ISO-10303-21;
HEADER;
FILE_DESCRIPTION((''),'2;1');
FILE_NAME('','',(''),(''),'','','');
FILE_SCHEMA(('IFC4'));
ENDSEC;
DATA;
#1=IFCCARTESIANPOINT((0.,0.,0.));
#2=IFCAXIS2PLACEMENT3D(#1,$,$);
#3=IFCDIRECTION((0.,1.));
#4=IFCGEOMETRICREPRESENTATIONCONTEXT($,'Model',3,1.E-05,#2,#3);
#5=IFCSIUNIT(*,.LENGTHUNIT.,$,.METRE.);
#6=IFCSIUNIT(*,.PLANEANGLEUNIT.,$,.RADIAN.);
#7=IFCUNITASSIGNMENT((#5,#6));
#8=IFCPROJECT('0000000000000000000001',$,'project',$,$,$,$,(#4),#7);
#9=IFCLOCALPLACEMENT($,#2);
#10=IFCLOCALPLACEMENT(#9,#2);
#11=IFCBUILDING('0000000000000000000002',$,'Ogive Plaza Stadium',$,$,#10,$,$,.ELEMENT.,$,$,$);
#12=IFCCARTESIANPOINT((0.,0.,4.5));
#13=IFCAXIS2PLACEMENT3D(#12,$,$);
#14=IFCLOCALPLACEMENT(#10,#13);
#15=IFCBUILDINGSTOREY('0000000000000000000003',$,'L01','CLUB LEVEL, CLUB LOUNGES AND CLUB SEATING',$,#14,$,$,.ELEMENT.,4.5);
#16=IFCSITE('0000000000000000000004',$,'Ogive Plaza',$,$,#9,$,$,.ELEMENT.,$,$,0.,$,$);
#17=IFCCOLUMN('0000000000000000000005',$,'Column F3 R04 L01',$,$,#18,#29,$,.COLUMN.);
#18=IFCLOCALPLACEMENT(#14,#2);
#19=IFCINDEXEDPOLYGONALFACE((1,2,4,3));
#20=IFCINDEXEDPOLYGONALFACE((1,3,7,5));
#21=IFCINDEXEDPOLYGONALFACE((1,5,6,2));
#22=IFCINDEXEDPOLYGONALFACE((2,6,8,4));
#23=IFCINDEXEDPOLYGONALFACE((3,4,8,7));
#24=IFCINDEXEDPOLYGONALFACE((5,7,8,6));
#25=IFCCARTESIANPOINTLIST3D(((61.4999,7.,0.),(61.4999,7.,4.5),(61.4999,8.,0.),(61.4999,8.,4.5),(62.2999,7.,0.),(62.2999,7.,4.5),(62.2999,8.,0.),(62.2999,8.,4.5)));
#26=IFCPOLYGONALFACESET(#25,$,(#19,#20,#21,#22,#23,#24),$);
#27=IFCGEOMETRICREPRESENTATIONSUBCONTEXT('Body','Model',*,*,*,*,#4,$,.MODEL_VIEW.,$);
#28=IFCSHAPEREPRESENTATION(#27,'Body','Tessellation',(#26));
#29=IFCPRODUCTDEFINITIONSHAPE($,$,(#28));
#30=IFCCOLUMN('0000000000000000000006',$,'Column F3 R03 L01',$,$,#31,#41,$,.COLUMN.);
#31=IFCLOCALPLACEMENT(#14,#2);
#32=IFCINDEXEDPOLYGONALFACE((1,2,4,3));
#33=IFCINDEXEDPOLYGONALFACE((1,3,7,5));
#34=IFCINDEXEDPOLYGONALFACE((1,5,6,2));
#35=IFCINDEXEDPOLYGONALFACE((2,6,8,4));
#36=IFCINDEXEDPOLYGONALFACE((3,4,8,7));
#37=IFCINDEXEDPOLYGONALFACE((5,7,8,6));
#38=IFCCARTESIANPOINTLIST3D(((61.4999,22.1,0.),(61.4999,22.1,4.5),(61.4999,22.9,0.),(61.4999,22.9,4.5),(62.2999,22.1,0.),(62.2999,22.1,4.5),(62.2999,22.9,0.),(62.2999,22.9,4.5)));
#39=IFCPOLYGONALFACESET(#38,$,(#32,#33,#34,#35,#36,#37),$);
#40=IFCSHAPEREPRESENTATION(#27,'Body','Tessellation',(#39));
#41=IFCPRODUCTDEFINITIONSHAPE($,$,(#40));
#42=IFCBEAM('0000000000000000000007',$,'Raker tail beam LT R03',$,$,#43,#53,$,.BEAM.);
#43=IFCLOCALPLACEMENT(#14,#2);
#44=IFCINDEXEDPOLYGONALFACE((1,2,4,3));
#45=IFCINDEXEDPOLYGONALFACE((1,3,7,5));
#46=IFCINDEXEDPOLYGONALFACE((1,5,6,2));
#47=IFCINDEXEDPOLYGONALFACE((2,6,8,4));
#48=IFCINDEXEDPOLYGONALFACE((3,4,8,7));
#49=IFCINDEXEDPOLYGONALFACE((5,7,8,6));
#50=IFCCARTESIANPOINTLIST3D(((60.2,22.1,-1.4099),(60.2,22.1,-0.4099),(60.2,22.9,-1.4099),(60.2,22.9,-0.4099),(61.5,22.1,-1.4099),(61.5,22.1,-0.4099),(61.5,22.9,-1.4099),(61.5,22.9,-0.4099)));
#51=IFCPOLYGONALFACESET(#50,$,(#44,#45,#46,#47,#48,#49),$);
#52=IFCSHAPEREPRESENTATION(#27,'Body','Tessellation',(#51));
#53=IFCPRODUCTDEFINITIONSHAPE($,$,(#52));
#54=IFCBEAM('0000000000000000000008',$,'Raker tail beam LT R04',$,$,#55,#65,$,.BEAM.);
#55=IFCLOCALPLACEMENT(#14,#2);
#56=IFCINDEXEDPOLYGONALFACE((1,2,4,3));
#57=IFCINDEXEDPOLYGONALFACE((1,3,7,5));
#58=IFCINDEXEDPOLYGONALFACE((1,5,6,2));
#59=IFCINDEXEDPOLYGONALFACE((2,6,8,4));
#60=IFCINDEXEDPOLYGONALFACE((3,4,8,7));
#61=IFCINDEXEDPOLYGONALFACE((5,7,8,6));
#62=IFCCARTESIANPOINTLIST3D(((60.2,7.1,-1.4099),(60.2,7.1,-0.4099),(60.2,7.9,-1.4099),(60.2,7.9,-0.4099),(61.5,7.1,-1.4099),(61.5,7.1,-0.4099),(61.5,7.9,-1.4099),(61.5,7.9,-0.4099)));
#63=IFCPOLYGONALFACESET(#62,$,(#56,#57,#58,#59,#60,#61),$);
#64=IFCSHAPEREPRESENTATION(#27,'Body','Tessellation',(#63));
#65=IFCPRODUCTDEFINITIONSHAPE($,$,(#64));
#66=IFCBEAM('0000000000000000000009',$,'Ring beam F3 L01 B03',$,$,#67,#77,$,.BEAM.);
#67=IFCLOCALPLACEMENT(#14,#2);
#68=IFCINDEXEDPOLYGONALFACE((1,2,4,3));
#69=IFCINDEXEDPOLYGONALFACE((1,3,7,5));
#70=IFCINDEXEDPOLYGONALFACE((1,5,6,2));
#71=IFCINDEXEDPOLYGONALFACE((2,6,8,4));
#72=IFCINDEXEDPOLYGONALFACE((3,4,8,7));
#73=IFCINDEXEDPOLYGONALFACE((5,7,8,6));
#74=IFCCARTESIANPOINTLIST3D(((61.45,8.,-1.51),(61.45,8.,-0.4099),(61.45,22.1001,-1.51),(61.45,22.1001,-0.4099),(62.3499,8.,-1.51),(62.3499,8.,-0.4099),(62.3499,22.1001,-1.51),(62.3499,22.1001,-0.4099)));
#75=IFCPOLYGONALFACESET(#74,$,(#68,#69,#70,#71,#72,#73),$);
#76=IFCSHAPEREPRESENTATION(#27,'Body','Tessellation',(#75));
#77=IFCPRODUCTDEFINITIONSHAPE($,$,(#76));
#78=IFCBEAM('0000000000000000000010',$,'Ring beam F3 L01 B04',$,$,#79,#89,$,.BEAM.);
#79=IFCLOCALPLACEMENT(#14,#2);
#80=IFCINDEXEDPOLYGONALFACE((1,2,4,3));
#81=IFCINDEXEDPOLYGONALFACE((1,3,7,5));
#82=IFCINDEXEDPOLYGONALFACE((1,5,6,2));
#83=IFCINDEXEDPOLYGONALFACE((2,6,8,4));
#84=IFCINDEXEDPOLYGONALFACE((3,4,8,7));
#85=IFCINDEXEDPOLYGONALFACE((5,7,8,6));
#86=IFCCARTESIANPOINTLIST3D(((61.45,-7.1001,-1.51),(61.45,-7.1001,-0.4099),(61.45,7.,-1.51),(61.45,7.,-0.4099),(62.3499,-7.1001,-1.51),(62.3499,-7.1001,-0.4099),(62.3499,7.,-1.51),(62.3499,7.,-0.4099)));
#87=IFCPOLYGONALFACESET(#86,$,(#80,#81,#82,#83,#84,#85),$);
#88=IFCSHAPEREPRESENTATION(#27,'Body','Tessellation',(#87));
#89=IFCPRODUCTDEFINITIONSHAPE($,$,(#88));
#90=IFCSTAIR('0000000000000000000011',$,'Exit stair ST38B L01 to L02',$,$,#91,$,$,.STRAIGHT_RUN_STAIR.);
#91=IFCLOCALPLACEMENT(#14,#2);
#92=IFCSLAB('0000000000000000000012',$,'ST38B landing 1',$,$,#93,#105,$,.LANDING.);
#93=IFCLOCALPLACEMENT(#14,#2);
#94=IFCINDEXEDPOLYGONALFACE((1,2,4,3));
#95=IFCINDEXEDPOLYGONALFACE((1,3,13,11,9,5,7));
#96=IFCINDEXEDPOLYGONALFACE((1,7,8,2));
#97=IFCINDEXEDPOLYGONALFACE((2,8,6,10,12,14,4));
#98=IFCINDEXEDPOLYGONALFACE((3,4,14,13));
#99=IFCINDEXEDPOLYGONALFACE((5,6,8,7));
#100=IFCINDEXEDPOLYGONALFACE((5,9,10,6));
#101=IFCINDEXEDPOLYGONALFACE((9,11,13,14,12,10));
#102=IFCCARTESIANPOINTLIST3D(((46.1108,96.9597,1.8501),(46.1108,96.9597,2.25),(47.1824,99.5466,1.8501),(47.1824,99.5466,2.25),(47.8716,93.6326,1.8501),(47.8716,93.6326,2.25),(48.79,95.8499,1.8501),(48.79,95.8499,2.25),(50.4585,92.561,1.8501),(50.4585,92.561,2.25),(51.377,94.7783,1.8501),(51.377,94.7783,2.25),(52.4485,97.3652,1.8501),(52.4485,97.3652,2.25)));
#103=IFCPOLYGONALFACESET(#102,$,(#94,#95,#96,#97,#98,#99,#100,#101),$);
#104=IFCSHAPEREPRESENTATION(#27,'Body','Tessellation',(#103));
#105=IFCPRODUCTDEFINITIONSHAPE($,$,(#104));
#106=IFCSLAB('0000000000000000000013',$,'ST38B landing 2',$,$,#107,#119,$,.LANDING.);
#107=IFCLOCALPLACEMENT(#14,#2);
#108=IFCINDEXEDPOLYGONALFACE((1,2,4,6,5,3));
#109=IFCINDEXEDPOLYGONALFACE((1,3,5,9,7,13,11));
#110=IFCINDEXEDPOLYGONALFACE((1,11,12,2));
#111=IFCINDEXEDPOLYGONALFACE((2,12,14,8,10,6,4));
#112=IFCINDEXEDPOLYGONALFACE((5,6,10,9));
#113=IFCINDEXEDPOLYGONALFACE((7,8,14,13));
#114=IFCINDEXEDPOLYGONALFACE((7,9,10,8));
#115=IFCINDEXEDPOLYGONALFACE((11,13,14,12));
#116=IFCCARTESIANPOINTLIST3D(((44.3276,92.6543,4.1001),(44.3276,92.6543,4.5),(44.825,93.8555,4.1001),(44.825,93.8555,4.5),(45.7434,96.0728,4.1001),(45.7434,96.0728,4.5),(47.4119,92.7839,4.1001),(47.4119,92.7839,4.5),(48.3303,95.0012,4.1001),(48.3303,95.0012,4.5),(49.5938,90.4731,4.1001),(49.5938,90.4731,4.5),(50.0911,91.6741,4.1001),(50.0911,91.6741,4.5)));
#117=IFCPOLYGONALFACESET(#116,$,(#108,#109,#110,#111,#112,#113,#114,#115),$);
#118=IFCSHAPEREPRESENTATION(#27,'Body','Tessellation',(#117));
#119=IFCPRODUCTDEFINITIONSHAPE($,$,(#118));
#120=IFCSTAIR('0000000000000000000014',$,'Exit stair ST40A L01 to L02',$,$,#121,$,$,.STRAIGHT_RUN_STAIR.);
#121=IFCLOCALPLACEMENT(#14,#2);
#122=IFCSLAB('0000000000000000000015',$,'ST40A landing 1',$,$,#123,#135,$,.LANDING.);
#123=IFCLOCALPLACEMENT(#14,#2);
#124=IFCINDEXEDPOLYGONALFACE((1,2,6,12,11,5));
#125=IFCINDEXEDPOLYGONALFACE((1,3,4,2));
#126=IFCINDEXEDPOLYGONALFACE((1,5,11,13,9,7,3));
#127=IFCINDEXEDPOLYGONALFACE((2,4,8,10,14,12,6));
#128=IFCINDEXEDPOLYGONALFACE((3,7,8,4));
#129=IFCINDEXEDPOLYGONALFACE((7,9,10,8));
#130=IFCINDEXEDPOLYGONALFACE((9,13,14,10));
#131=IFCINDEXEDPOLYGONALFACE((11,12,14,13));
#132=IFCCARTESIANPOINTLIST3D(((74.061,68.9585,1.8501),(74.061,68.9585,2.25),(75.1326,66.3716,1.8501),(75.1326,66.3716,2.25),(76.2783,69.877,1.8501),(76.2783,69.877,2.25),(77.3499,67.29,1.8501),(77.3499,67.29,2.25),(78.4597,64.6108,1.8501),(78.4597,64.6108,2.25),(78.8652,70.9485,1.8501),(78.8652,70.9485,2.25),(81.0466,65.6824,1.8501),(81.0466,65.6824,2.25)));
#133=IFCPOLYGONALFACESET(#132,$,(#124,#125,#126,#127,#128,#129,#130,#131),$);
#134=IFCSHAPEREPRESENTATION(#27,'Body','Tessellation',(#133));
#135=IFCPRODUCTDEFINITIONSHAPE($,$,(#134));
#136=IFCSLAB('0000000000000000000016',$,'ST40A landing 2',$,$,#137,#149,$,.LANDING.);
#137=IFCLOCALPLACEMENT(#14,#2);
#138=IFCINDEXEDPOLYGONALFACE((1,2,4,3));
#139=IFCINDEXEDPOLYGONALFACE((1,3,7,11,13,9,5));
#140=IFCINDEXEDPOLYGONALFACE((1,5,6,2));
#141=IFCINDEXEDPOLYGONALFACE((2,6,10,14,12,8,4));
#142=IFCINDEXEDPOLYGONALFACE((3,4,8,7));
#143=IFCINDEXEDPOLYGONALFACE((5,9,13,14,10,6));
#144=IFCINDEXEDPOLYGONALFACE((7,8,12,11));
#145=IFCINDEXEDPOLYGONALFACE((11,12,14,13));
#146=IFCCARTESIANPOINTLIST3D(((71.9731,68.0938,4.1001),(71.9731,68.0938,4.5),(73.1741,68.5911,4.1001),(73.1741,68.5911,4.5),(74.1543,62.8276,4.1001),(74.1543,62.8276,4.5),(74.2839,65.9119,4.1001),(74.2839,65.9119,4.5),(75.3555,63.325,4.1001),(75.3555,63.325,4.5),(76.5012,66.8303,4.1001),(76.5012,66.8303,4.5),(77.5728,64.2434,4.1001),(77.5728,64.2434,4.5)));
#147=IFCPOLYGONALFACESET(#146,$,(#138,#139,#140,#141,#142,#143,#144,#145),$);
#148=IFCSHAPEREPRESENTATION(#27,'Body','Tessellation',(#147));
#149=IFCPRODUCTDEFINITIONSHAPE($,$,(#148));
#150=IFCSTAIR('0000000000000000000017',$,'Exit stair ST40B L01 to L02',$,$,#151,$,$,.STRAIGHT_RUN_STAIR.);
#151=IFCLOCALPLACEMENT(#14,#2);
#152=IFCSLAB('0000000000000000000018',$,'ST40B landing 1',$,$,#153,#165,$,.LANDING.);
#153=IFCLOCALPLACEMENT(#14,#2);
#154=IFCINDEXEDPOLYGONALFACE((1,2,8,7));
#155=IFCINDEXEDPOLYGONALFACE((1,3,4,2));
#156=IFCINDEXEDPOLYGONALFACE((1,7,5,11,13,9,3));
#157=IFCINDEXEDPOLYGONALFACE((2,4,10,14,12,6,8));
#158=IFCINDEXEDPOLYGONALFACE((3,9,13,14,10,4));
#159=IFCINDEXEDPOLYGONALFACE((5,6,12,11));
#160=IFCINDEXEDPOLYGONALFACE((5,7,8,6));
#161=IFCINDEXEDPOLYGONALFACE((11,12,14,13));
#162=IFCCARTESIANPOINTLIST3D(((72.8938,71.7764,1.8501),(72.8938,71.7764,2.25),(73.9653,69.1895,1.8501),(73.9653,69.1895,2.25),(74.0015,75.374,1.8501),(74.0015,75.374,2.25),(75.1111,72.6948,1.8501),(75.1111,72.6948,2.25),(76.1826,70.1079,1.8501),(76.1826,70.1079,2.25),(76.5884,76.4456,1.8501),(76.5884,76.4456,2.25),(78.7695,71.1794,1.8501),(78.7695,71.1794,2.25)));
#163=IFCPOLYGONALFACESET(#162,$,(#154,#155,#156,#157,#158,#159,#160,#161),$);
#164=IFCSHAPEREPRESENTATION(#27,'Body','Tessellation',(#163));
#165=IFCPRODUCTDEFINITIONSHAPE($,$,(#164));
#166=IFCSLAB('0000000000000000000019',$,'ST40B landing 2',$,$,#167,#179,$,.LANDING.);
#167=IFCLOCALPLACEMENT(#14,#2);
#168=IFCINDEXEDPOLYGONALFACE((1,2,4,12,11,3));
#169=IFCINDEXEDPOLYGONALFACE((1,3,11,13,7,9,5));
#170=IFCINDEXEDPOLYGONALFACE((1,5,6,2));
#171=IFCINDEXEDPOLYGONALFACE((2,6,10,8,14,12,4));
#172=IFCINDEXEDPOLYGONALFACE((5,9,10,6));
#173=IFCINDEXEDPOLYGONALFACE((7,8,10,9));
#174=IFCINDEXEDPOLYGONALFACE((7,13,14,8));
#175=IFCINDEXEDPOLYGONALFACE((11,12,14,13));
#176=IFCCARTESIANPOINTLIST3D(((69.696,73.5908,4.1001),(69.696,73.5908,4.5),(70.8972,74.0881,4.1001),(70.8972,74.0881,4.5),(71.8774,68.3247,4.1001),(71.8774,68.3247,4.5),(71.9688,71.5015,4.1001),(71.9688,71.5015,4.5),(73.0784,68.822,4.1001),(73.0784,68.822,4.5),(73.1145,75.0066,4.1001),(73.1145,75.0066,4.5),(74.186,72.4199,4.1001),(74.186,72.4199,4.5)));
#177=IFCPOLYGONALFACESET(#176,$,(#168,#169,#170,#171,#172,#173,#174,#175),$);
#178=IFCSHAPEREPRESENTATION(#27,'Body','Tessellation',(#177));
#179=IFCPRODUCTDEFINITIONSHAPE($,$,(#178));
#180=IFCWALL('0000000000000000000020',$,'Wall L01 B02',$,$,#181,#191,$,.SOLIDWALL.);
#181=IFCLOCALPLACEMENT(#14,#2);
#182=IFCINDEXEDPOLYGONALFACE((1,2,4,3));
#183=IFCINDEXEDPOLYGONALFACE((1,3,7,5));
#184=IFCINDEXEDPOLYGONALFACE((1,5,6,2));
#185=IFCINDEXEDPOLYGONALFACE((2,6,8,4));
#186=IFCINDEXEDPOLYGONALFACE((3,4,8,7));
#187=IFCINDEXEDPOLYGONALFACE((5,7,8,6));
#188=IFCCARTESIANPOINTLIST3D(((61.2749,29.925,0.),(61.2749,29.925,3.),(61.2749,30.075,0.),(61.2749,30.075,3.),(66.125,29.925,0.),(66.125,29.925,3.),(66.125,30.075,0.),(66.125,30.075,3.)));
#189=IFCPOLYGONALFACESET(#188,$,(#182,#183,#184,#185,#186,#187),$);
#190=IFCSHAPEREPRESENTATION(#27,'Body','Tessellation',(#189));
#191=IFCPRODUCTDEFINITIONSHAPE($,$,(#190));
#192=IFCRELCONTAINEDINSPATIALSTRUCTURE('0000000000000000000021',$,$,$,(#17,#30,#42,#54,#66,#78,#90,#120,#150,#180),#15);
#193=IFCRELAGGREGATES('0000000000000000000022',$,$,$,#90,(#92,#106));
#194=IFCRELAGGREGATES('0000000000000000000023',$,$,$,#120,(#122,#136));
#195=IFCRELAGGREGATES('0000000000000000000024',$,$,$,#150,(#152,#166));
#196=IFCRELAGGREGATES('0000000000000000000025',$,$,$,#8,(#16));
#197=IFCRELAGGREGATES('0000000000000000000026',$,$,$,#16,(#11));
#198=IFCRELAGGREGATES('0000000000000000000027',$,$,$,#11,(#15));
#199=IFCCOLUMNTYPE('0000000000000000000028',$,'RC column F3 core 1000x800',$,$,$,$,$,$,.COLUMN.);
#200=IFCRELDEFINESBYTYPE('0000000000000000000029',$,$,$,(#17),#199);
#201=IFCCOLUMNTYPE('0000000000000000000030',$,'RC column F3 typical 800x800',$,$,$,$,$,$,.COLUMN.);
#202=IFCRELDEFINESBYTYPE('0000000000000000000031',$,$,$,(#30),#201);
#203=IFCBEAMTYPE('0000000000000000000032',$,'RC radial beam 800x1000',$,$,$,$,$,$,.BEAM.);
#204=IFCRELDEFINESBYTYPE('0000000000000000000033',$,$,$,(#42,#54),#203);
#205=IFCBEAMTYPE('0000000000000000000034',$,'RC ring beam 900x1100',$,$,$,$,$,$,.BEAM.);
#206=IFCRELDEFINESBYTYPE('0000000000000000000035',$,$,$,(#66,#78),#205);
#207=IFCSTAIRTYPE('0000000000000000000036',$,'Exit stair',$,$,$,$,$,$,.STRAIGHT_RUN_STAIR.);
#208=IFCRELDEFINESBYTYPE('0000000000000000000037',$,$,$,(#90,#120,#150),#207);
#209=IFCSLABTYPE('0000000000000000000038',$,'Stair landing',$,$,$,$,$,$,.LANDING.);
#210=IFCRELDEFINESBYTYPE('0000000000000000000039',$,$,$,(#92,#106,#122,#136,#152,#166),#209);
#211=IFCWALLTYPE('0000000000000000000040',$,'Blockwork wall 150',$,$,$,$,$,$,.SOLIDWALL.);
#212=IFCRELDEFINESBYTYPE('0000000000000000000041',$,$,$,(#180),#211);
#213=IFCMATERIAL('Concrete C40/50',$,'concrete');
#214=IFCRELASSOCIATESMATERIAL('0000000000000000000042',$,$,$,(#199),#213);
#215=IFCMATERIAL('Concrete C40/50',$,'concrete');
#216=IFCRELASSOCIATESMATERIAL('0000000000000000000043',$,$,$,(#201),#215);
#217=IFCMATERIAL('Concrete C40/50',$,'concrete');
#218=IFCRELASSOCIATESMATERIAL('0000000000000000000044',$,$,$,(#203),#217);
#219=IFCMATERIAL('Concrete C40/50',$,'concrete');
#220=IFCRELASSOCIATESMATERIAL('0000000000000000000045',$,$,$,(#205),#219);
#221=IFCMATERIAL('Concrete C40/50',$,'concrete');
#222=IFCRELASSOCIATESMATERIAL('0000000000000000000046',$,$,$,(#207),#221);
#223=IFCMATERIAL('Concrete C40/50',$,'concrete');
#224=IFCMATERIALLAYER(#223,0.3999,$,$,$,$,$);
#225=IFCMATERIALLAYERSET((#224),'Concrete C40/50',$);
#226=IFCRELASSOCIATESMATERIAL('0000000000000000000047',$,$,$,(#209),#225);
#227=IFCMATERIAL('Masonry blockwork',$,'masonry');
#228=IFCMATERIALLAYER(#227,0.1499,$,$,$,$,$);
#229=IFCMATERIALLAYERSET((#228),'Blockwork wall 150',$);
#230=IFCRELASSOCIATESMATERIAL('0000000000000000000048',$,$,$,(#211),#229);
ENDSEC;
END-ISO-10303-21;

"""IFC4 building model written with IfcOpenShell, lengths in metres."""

from ifc_helpers import new_model, si_unit, direction, frame, frame_2d, origin, origin_2d, place, context, subcontext, project, spatial, polyline, rectangle, outline, extrude, material, layer, layer_set, material_profile, profile_set, type_object, element, aggregate, save


model = new_model("IFC4")

# Units and contexts
model_context = context("Model", 3, precision=1e-05, world=origin(), true_north=direction((0.0, 1.0)))
body_context = subcontext(model_context, "Body", "Model", "MODEL_VIEW")
ifc_project = project(units=[si_unit("LENGTHUNIT", "METRE"), si_unit("PLANEANGLEUNIT", "RADIAN")], contexts=[model_context])

# Site, building, storey
site_placement = place(None, origin())
site = spatial("IfcSite", under=ifc_project, at=site_placement, Name="Ogive Plaza", CompositionType="ELEMENT", RefElevation=0.0)
building_placement = place(site_placement, origin())
building = spatial("IfcBuilding", under=site, at=building_placement, Name="Ogive Plaza Stadium", CompositionType="ELEMENT")
storey_placement = place(building_placement, frame((0.0, 0.0, 4.5)))
storey = spatial("IfcBuildingStorey", under=building, at=storey_placement, Name="L01", Description="CLUB LEVEL, CLUB LOUNGES AND CLUB SEATING", CompositionType="ELEMENT", Elevation=4.5)

# Columns
ifc_material_1 = material(Name="Concrete C40/50", Category="concrete")
ifc_material_profile_1 = material_profile(ifc_material_1, rectangle(XDim=1.0, YDim=0.8, at=origin_2d()), Name="RC 1000x800")
ifc_profile_set_1 = profile_set([ifc_material_profile_1], Name="Concrete C40/50")
column_type_1 = type_object("IfcColumnType", Name="RC column F3 core 1000x800", PredefinedType="COLUMN", material=ifc_profile_set_1)
column_1_placement = place(storey_placement, frame((61.8999, 7.5, 0.0), z_axis=(0.0, 0.0, 1.0), x_axis=(0.0, 1.0, 0.0)))
element("IfcColumn", 1, at=column_1_placement, inside=storey, type_object=column_type_1, Name="Column F3 R04 L01", PredefinedType="COLUMN", context=body_context, shape_type="SweptSolid", body=[
    extrude(rectangle(XDim=1.0, YDim=0.8, at=origin_2d()), origin(), (0.0, 0.0, 1.0), 4.5),
])
ifc_material_2 = material(Name="Concrete C40/50", Category="concrete")
ifc_material_profile_2 = material_profile(ifc_material_2, rectangle(XDim=0.8, YDim=0.8, at=origin_2d()), Name="RC 800x800")
ifc_profile_set_2 = profile_set([ifc_material_profile_2], Name="Concrete C40/50")
column_type_2 = type_object("IfcColumnType", Name="RC column F3 typical 800x800", PredefinedType="COLUMN", material=ifc_profile_set_2)
column_2_placement = place(storey_placement, frame((61.8999, 22.5, 0.0), z_axis=(0.0, 0.0, 1.0), x_axis=(0.0, 1.0, 0.0)))
element("IfcColumn", 2, at=column_2_placement, inside=storey, type_object=column_type_2, Name="Column F3 R03 L01", PredefinedType="COLUMN", context=body_context, shape_type="SweptSolid", body=[
    extrude(rectangle(XDim=0.8, YDim=0.8, at=origin_2d()), origin(), (0.0, 0.0, 1.0), 4.5),
])

# Beams
ifc_material_3 = material(Name="Concrete C40/50", Category="concrete")
ifc_material_profile_3 = material_profile(ifc_material_3, rectangle(XDim=0.8, YDim=1.0, at=origin_2d()), Name="RC 800x1000")
ifc_profile_set_3 = profile_set([ifc_material_profile_3], Name="Concrete C40/50")
beam_type_1 = type_object("IfcBeamType", Name="RC radial beam 800x1000", PredefinedType="BEAM", material=ifc_profile_set_3)
for number, where, z_axis, x_axis, name in (
    (3, (60.2, 22.5, -0.9099), (1.0, 0.0, 0.0), (0.0, 1.0, 0.0), "Raker tail beam LT R03"),
    (4, (60.2, 7.5, -0.9099), (1.0, 0.0, 0.0), (0.0, 1.0, 0.0), "Raker tail beam LT R04"),
):
    element("IfcBeam", number, at=place(storey_placement, frame(where, z_axis=z_axis, x_axis=x_axis)), inside=storey, type_object=beam_type_1, Name=name, PredefinedType="BEAM", context=body_context, shape_type="SweptSolid", body=[
        extrude(rectangle(XDim=0.8, YDim=1.0, at=origin_2d()), origin(), (0.0, 0.0, 1.0), 1.3),
    ])
ifc_material_4 = material(Name="Concrete C40/50", Category="concrete")
ifc_material_profile_4 = material_profile(ifc_material_4, rectangle(XDim=0.8999, YDim=1.1001, at=origin_2d()), Name="RC 900x1100")
ifc_profile_set_4 = profile_set([ifc_material_profile_4], Name="Concrete C40/50")
beam_type_2 = type_object("IfcBeamType", Name="RC ring beam 900x1100", PredefinedType="BEAM", material=ifc_profile_set_4)
for number, where, z_axis, x_axis, name in (
    (5, (61.8999, 22.1001, -0.96), (0.0, -1.0, 0.0), (1.0, 0.0, 0.0), "Ring beam F3 L01 B03"),
    (6, (61.8999, 7.0, -0.96), (0.0, -1.0, 0.0), (1.0, 0.0, 0.0), "Ring beam F3 L01 B04"),
):
    element("IfcBeam", number, at=place(storey_placement, frame(where, z_axis=z_axis, x_axis=x_axis)), inside=storey, type_object=beam_type_2, Name=name, PredefinedType="BEAM", context=body_context, shape_type="SweptSolid", body=[
        extrude(rectangle(XDim=0.8999, YDim=1.1001, at=origin_2d()), origin(), (0.0, 0.0, 1.0), 14.1001),
    ])

# Stairs, slabs
ifc_material_5 = material(Name="Concrete C40/50", Category="concrete")
stair_type = type_object("IfcStairType", Name="Exit stair", PredefinedType="STRAIGHT_RUN_STAIR", material=ifc_material_5)
stair_1_placement = place(storey_placement, origin())
stair_1 = element("IfcStair", 7, at=stair_1_placement, inside=storey, type_object=stair_type, Name="Exit stair ST38B L01 to L02", PredefinedType="STRAIGHT_RUN_STAIR")
ifc_material_6 = material(Name="Concrete C40/50", Category="concrete")
ifc_layer_1 = layer(ifc_material_6, 0.3999)
ifc_layer_set_1 = layer_set([ifc_layer_1], Name="Concrete C40/50")
slab_type = type_object("IfcSlabType", Name="Stair landing", PredefinedType="LANDING", material=ifc_layer_set_1)
slab_1_placement = place(storey_placement, frame((0.0, 0.0, 1.8501)))
slab_1 = element("IfcSlab", 8, at=slab_1_placement, type_object=slab_type, Name="ST38B landing 1", PredefinedType="LANDING", context=body_context, shape_type="SweptSolid", body=[
    extrude(outline(polyline([(50.4585, 92.561), (47.8716, 93.6326), (48.79, 95.8499), (46.1108, 96.9597), (47.1824, 99.5466), (52.4485, 97.3652), (51.377, 94.7783), (50.4585, 92.561)])), origin(), (0.0, 0.0, 1.0), 0.3999),
])
slab_2_placement = place(storey_placement, frame((0.0, 0.0, 4.1001)))
slab_2 = element("IfcSlab", 9, at=slab_2_placement, type_object=slab_type, Name="ST38B landing 2", PredefinedType="LANDING", context=body_context, shape_type="SweptSolid", body=[
    extrude(outline(polyline([(50.0911, 91.6741), (49.5938, 90.4731), (44.3276, 92.6543), (44.825, 93.8555), (45.7434, 96.0728), (48.3303, 95.0012), (47.4119, 92.7839), (50.0911, 91.6741)])), origin(), (0.0, 0.0, 1.0), 0.3999),
])
aggregate(stair_1, [slab_1, slab_2])
stair_2_placement = place(storey_placement, origin())
stair_2 = element("IfcStair", 10, at=stair_2_placement, inside=storey, type_object=stair_type, Name="Exit stair ST40A L01 to L02", PredefinedType="STRAIGHT_RUN_STAIR")
slab_3_placement = place(storey_placement, frame((0.0, 0.0, 1.8501)))
slab_3 = element("IfcSlab", 11, at=slab_3_placement, type_object=slab_type, Name="ST40A landing 1", PredefinedType="LANDING", context=body_context, shape_type="SweptSolid", body=[
    extrude(outline(polyline([(78.8652, 70.9485), (81.0466, 65.6824), (78.4597, 64.6108), (77.3499, 67.29), (75.1326, 66.3716), (74.061, 68.9585), (76.2783, 69.877), (78.8652, 70.9485)])), origin(), (0.0, 0.0, 1.0), 0.3999),
])
slab_4_placement = place(storey_placement, frame((0.0, 0.0, 4.1001)))
slab_4 = element("IfcSlab", 12, at=slab_4_placement, type_object=slab_type, Name="ST40A landing 2", PredefinedType="LANDING", context=body_context, shape_type="SweptSolid", body=[
    extrude(outline(polyline([(76.5012, 66.8303), (77.5728, 64.2434), (75.3555, 63.325), (74.1543, 62.8276), (71.9731, 68.0938), (73.1741, 68.5911), (74.2839, 65.9119), (76.5012, 66.8303)])), origin(), (0.0, 0.0, 1.0), 0.3999),
])
aggregate(stair_2, [slab_3, slab_4])
stair_3_placement = place(storey_placement, origin())
stair_3 = element("IfcStair", 13, at=stair_3_placement, inside=storey, type_object=stair_type, Name="Exit stair ST40B L01 to L02", PredefinedType="STRAIGHT_RUN_STAIR")
slab_5_placement = place(storey_placement, frame((0.0, 0.0, 1.8501)))
slab_5 = element("IfcSlab", 14, at=slab_5_placement, type_object=slab_type, Name="ST40B landing 1", PredefinedType="LANDING", context=body_context, shape_type="SweptSolid", body=[
    extrude(outline(polyline([(73.9653, 69.1895), (72.8938, 71.7764), (75.1111, 72.6948), (74.0015, 75.374), (76.5884, 76.4456), (78.7695, 71.1794), (76.1826, 70.1079), (73.9653, 69.1895)])), origin(), (0.0, 0.0, 1.0), 0.3999),
])
slab_6_placement = place(storey_placement, frame((0.0, 0.0, 4.1001)))
slab_6 = element("IfcSlab", 15, at=slab_6_placement, type_object=slab_type, Name="ST40B landing 2", PredefinedType="LANDING", context=body_context, shape_type="SweptSolid", body=[
    extrude(outline(polyline([(73.0784, 68.822), (71.8774, 68.3247), (69.696, 73.5908), (70.8972, 74.0881), (73.1145, 75.0066), (74.186, 72.4199), (71.9688, 71.5015), (73.0784, 68.822)])), origin(), (0.0, 0.0, 1.0), 0.3999),
])
aggregate(stair_3, [slab_5, slab_6])

# Wall
ifc_material_7 = material(Name="Masonry blockwork", Category="masonry")
ifc_layer_2 = layer(ifc_material_7, 0.1499)
ifc_layer_set_2 = layer_set([ifc_layer_2], Name="Blockwork wall 150")
wall_type_1 = type_object("IfcWallType", Name="Blockwork wall 150", PredefinedType="SOLIDWALL", material=ifc_layer_set_2)
for number, where, z_axis, x_axis, name in (
    (16, (61.2749, 30.0, 0.0), (0.0, 0.0, 1.0), (1.0, 0.0, 0.0), "Wall L01 B02"),
):
    element("IfcWall", number, at=place(storey_placement, frame(where, z_axis=z_axis, x_axis=x_axis)), inside=storey, type_object=wall_type_1, Name=name, PredefinedType="SOLIDWALL", context=body_context, shape_type="SweptSolid", body=[
        extrude(rectangle(XDim=4.8501, YDim=0.1499, at=frame_2d((2.425, 0.0))), origin(), (0.0, 0.0, 1.0), 3.0),
    ])

save(model, "model.ifc")
